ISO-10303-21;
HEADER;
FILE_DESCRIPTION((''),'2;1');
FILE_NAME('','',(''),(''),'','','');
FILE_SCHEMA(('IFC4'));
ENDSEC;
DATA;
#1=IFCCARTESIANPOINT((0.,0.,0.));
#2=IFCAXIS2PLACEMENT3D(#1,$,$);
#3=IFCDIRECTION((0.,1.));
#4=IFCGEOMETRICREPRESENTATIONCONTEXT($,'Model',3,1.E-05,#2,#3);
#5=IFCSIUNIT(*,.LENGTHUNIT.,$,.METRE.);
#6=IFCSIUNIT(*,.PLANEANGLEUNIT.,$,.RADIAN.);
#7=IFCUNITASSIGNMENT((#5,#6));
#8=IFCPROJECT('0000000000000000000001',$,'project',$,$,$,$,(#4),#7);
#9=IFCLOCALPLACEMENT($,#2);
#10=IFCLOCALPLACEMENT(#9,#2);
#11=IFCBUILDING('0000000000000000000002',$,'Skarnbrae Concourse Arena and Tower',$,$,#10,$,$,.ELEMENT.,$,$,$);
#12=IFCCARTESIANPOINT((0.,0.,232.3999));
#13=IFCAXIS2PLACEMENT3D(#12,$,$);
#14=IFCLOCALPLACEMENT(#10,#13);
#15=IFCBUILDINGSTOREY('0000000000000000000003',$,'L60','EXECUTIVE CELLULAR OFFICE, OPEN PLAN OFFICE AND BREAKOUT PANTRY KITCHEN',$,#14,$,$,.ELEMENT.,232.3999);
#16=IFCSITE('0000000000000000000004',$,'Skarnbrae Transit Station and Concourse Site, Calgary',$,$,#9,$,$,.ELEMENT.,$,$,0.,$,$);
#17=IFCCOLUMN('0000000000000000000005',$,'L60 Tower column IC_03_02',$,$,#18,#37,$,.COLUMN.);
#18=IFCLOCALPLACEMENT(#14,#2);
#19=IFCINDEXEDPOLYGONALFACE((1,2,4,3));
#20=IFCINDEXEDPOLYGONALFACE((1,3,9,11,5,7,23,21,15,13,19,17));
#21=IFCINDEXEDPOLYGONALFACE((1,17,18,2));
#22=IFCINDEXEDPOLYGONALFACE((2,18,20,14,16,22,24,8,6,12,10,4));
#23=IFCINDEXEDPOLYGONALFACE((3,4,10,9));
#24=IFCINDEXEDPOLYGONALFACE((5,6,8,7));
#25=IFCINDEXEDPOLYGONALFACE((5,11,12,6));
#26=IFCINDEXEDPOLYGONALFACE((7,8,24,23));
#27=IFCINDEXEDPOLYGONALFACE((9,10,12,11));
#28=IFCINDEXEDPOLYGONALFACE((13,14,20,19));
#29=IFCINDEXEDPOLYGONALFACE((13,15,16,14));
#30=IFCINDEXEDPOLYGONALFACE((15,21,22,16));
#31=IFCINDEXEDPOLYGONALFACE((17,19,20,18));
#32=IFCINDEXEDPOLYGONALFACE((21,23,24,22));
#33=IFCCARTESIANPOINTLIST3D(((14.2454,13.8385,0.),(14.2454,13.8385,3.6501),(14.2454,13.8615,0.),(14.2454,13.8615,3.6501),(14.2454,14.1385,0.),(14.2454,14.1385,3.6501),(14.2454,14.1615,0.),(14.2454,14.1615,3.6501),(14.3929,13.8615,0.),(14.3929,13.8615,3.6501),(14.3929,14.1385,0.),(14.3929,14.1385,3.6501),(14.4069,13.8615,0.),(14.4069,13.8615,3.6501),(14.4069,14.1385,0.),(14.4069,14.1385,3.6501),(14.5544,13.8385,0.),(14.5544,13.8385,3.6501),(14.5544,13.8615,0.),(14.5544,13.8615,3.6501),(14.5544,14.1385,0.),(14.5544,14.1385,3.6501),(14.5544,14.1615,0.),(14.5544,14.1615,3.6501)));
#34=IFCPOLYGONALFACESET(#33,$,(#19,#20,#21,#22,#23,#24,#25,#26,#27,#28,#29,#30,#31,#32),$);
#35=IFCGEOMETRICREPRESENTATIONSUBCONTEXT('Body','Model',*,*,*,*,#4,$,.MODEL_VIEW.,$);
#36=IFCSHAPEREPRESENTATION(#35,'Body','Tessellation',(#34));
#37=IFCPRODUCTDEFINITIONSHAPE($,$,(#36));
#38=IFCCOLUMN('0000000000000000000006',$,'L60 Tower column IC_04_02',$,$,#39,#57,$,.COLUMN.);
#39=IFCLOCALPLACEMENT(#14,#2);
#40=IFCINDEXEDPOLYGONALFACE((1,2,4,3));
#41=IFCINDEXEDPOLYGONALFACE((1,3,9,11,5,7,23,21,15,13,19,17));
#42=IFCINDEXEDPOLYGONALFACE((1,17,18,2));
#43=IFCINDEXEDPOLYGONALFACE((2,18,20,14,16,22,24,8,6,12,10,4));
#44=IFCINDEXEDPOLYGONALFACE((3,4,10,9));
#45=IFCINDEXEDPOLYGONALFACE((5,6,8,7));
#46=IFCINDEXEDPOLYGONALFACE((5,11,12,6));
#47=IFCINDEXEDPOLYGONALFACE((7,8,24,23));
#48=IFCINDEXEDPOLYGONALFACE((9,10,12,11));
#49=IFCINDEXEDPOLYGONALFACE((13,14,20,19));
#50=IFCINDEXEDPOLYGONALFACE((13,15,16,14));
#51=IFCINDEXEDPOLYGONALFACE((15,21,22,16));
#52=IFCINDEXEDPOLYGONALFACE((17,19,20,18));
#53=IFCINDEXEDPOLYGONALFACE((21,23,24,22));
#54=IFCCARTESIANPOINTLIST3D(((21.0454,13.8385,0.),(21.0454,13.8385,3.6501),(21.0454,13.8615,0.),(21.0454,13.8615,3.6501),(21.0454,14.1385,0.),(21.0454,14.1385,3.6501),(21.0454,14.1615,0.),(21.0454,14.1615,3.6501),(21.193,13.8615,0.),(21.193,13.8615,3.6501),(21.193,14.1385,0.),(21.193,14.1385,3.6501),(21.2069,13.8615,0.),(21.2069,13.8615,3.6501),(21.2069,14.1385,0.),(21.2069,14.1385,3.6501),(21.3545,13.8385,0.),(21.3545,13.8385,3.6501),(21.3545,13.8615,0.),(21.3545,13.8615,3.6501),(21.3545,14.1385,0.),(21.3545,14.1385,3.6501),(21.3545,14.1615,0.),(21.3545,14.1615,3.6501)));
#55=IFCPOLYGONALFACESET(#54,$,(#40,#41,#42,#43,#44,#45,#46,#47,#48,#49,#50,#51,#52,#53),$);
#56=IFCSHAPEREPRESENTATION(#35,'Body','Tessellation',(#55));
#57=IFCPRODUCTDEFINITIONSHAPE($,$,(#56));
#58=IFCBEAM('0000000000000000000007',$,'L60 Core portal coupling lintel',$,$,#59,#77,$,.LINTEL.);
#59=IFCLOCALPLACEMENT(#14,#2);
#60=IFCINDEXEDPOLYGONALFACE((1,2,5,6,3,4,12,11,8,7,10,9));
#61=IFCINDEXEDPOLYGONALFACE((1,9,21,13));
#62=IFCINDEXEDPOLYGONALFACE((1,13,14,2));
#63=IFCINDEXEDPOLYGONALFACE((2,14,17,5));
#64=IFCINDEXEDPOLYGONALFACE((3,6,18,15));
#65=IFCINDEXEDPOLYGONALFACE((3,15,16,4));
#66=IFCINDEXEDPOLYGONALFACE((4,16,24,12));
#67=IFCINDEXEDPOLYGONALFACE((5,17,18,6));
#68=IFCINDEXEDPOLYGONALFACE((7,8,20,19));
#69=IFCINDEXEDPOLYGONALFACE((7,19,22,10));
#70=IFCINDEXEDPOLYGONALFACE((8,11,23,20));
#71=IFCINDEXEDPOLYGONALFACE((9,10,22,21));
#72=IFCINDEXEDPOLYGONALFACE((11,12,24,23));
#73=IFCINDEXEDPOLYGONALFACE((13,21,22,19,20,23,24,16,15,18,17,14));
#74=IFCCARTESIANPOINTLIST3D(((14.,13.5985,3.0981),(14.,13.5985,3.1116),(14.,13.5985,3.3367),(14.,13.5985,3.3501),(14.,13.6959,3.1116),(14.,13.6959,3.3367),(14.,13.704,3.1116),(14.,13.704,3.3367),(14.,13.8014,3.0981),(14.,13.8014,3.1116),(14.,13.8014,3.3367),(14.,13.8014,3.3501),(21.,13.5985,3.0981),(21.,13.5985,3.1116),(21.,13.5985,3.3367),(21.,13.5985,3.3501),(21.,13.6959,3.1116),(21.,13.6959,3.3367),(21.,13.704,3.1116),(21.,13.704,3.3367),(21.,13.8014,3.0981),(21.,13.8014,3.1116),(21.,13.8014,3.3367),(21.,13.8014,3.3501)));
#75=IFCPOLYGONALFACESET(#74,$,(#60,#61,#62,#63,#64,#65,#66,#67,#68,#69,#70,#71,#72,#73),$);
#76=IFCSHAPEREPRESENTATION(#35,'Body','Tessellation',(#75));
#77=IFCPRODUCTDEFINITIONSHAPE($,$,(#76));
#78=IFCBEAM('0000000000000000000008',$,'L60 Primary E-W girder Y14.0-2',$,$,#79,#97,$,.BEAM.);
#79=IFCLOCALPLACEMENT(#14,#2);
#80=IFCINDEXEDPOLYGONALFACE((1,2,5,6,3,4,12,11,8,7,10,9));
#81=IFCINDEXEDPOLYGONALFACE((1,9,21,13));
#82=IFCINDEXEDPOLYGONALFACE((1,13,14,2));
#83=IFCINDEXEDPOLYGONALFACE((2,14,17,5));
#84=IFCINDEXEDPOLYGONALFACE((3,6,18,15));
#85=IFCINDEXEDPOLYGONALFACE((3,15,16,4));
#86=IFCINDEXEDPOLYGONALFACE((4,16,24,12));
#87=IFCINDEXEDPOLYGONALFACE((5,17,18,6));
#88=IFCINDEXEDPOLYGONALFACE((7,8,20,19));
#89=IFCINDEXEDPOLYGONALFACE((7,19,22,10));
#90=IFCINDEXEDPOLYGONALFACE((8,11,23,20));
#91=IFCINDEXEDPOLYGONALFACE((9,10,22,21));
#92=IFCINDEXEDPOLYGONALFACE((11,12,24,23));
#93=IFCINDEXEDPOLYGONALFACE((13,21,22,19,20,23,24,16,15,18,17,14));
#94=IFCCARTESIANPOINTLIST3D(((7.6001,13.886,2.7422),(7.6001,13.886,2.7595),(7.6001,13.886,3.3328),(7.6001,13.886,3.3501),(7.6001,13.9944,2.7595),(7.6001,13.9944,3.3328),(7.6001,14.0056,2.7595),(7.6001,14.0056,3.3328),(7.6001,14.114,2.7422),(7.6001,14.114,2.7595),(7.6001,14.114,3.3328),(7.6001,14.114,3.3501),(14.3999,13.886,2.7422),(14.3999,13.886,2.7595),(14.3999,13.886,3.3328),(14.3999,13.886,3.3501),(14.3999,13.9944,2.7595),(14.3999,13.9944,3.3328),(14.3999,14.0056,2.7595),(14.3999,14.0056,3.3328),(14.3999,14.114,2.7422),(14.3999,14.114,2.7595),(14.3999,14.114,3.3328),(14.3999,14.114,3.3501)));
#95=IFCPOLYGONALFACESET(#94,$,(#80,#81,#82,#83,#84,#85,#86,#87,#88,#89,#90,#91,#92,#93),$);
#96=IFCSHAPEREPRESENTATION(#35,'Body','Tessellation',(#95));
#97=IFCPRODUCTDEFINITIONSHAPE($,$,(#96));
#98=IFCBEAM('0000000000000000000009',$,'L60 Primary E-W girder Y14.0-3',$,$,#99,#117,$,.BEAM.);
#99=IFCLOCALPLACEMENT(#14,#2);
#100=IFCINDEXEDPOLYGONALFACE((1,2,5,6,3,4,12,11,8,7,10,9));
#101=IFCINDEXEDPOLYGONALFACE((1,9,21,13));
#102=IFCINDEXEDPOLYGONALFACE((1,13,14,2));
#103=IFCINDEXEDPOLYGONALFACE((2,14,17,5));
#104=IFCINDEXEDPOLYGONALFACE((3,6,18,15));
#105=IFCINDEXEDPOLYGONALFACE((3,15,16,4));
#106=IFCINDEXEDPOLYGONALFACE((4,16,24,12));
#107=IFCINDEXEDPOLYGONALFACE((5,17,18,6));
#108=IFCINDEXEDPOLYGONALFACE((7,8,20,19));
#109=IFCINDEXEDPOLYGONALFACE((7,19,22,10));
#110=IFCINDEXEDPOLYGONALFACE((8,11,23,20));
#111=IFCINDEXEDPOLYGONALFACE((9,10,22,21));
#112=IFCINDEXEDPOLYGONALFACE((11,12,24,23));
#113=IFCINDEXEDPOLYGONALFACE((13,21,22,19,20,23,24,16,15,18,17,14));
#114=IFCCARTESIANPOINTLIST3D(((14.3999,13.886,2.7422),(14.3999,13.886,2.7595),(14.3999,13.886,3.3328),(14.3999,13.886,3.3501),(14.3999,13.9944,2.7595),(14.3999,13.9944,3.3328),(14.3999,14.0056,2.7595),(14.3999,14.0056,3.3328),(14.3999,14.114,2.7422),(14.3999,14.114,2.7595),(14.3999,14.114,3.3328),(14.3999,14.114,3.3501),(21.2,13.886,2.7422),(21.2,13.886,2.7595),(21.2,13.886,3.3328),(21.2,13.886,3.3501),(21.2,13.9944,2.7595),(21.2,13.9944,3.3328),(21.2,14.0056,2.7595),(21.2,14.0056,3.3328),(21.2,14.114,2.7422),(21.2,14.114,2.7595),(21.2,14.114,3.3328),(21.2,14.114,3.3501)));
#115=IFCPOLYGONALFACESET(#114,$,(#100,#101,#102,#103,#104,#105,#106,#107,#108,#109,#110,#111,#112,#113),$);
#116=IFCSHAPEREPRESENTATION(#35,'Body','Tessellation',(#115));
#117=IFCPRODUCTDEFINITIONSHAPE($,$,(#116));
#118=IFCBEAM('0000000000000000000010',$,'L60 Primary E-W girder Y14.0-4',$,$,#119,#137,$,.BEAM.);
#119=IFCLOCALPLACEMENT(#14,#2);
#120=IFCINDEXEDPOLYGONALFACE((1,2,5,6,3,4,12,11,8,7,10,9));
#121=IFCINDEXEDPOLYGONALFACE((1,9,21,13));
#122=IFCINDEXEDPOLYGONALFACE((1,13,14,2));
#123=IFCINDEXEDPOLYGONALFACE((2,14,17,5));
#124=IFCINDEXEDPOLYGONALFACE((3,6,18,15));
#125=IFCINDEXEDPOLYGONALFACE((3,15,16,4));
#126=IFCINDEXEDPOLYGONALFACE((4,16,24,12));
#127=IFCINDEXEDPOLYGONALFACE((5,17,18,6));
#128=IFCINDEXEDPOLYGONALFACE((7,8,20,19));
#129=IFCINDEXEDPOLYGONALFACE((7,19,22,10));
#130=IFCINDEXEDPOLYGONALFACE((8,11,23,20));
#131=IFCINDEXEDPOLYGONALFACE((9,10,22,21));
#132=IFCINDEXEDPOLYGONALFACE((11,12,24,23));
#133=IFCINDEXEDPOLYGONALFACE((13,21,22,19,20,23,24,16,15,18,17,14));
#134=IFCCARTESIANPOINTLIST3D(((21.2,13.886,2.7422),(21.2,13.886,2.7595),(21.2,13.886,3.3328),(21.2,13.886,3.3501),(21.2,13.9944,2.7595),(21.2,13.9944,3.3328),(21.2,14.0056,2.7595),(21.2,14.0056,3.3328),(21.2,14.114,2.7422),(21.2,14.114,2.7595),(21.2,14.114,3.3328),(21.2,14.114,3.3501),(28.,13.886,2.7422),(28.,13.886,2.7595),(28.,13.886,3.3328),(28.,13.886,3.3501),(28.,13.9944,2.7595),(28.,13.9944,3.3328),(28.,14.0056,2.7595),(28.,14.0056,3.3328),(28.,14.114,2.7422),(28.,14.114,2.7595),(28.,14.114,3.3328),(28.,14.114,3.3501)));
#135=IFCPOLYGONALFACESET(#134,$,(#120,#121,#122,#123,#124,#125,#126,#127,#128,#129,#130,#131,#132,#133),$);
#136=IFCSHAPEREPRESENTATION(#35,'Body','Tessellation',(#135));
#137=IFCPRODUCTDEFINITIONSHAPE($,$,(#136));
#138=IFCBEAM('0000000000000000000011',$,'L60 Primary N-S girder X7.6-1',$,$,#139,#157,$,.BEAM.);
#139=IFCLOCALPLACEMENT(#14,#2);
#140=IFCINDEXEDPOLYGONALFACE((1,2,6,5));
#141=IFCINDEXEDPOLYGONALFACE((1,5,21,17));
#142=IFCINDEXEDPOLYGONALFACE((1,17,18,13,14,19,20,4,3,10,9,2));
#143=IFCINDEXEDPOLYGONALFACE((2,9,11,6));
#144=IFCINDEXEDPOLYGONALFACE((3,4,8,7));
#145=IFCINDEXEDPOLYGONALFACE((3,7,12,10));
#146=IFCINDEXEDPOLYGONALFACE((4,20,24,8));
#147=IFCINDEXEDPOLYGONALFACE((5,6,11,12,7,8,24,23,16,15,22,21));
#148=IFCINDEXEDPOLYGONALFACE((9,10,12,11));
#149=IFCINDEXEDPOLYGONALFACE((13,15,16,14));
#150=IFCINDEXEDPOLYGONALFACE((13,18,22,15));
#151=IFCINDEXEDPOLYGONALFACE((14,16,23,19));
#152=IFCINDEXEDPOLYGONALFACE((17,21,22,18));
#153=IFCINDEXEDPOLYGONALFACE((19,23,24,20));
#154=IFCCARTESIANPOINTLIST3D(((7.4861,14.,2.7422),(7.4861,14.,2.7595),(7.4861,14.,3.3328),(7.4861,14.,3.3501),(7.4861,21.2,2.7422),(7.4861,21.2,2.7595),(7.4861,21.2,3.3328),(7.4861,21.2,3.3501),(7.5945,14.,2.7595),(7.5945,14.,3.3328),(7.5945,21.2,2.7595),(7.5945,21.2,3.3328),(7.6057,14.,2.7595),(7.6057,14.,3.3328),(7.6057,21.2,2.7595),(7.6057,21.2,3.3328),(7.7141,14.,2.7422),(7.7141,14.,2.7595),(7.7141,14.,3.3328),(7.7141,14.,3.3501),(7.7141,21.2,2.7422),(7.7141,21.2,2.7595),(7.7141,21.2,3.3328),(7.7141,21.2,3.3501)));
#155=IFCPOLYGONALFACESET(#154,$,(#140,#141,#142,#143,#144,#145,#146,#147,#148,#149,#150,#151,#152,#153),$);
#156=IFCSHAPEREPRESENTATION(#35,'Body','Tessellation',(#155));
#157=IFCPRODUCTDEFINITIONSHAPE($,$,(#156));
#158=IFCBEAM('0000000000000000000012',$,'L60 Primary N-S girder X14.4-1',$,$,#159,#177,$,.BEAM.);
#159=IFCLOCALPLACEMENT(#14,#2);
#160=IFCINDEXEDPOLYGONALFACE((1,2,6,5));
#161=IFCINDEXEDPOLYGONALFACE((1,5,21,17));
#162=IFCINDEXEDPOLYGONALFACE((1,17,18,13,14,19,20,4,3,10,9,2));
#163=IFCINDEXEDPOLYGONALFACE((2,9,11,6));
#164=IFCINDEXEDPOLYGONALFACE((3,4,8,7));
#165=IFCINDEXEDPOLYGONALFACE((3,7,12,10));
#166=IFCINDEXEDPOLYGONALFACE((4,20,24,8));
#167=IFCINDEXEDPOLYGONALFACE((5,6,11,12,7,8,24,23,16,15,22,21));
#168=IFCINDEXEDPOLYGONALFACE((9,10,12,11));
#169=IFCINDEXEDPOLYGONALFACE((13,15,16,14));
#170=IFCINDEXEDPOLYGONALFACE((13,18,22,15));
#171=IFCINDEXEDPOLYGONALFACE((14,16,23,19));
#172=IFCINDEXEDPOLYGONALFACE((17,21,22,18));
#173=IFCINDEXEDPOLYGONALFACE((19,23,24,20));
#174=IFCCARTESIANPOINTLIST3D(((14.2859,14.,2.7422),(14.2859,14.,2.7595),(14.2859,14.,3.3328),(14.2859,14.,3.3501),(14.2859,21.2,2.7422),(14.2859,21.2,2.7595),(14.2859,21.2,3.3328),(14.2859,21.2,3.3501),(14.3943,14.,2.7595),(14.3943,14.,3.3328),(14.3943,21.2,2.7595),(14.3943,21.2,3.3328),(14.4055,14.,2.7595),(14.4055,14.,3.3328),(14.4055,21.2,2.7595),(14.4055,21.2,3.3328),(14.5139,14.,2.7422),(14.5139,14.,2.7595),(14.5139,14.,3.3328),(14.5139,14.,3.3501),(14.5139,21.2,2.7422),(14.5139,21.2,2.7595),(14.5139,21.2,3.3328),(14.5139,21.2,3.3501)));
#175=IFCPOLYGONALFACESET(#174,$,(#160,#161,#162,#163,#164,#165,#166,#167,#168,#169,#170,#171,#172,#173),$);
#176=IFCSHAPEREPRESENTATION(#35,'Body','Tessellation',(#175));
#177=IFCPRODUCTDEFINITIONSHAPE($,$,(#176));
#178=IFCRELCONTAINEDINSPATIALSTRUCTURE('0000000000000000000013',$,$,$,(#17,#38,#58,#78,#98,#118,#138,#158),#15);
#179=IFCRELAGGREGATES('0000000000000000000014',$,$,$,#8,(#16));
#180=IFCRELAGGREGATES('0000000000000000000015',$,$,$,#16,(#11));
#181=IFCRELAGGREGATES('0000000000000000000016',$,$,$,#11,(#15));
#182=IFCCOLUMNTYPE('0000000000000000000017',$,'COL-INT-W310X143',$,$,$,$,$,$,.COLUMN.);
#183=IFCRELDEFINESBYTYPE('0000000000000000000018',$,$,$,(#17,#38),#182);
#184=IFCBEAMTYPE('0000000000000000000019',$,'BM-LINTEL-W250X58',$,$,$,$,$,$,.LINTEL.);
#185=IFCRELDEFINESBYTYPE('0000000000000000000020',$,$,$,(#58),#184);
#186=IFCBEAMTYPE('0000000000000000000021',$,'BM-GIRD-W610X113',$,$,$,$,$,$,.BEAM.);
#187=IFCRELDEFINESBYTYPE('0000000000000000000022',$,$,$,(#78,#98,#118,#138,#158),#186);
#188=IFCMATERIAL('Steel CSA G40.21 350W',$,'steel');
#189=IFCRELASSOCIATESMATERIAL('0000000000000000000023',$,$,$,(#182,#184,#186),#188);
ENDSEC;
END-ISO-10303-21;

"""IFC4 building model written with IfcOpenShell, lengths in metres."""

from ifc_helpers import new_model, si_unit, direction, frame, origin, origin_2d, place, context, subcontext, project, spatial, i_section, extrude, source, transform, mapped, material, material_profile, profile_set, type_object, element, save


model = new_model("IFC4")

# Units and contexts
model_context = context("Model", 3, precision=1e-05, world=origin(), true_north=direction((0.0, 1.0)))
body_context = subcontext(model_context, "Body", "Model", "MODEL_VIEW")
ifc_project = project(units=[si_unit("LENGTHUNIT", "METRE"), si_unit("PLANEANGLEUNIT", "RADIAN")], contexts=[model_context])

# Site, building, storey
site_placement = place(None, origin())
site = spatial("IfcSite", under=ifc_project, at=site_placement, Name="Skarnbrae Transit Station and Concourse Site, Calgary", CompositionType="ELEMENT", RefElevation=0.0)
building_placement = place(site_placement, origin())
building = spatial("IfcBuilding", under=site, at=building_placement, Name="Skarnbrae Concourse Arena and Tower", CompositionType="ELEMENT")
storey_placement = place(building_placement, frame((0.0, 0.0, 232.3999)))
storey = spatial("IfcBuildingStorey", under=building, at=storey_placement, Name="L60", Description="EXECUTIVE CELLULAR OFFICE, OPEN PLAN OFFICE AND BREAKOUT PANTRY KITCHEN", CompositionType="ELEMENT", Elevation=232.3999)

# Columns
ifc_material_1 = material(Name="Steel CSA G40.21 350W", Category="steel")
ifc_material_profile_1 = material_profile(ifc_material_1, i_section(OverallWidth=0.3091, OverallDepth=0.323, WebThickness=0.0139, FlangeThickness=0.0229, at=origin_2d()), Name="W310X143")
ifc_profile_set_1 = profile_set([ifc_material_profile_1], Name="Steel CSA G40.21 350W")
column_type = type_object("IfcColumnType", Name="COL-INT-W310X143", PredefinedType="COLUMN", material=ifc_profile_set_1)
shared_shape_1 = source(origin(), body_context, "Body", "SweptSolid", [
    extrude(i_section(OverallWidth=0.3091, OverallDepth=0.323, WebThickness=0.0139, FlangeThickness=0.0229, at=origin_2d()), origin(), (0.0, 0.0, 1.0), 3.6501),
])
for number, where, z_axis, x_axis, name in (
    (1, (14.3999, 14.0, 0.0), (0.0, 0.0, 1.0), (1.0, 0.0, 0.0), "L60 Tower column IC_03_02"),
    (2, (21.2, 14.0, 0.0), (0.0, 0.0, 1.0), (1.0, 0.0, 0.0), "L60 Tower column IC_04_02"),
):
    element("IfcColumn", number, at=place(storey_placement, frame(where, z_axis=z_axis, x_axis=x_axis)), inside=storey, type_object=column_type, Name=name, PredefinedType="COLUMN", context=body_context, shape_type="MappedRepresentation", body=[
        mapped(shared_shape_1, transform((0.0, 0.0, 0.0))),
    ])

# Beams
ifc_material_profile_2 = material_profile(ifc_material_1, i_section(OverallWidth=0.2029, OverallDepth=0.252, WebThickness=0.0081, FlangeThickness=0.0134, at=origin_2d()), Name="W250X58")
ifc_profile_set_2 = profile_set([ifc_material_profile_2], Name="Steel CSA G40.21 350W")
beam_type_1 = type_object("IfcBeamType", Name="BM-LINTEL-W250X58", PredefinedType="LINTEL", material=ifc_profile_set_2)
shared_shape_2 = source(origin(), body_context, "Body", "SweptSolid", [
    extrude(i_section(OverallWidth=0.2029, OverallDepth=0.252, WebThickness=0.0081, FlangeThickness=0.0134, at=origin_2d()), origin(), (0.0, 0.0, 1.0), 7.0),
])
beam_1_placement = place(storey_placement, frame((14.0, 13.7, 3.2241), z_axis=(1.0, 0.0, 0.0), x_axis=(0.0, 1.0, 0.0)))
element("IfcBeam", 3, at=beam_1_placement, inside=storey, type_object=beam_type_1, Name="L60 Core portal coupling lintel", PredefinedType="LINTEL", context=body_context, shape_type="MappedRepresentation", body=[
    mapped(shared_shape_2, transform((0.0, 0.0, 0.0))),
])
ifc_material_profile_3 = material_profile(ifc_material_1, i_section(OverallWidth=0.228, OverallDepth=0.6079, WebThickness=0.0112, FlangeThickness=0.0173, at=origin_2d()), Name="W610X113")
ifc_profile_set_3 = profile_set([ifc_material_profile_3], Name="Steel CSA G40.21 350W")
beam_type_2 = type_object("IfcBeamType", Name="BM-GIRD-W610X113", PredefinedType="BEAM", material=ifc_profile_set_3)
shared_shape_3 = source(origin(), body_context, "Body", "SweptSolid", [
    extrude(i_section(OverallWidth=0.228, OverallDepth=0.6079, WebThickness=0.0112, FlangeThickness=0.0173, at=origin_2d()), origin(), (0.0, 0.0, 1.0), 6.7998),
])
beam_2_placement = place(storey_placement, frame((7.6001, 14.0, 3.0461), z_axis=(1.0, 0.0, 0.0), x_axis=(0.0, 1.0, 0.0)))
element("IfcBeam", 4, at=beam_2_placement, inside=storey, type_object=beam_type_2, Name="L60 Primary E-W girder Y14.0-2", PredefinedType="BEAM", context=body_context, shape_type="MappedRepresentation", body=[
    mapped(shared_shape_3, transform((0.0, 0.0, 0.0))),
])
shared_shape_4 = source(origin(), body_context, "Body", "SweptSolid", [
    extrude(i_section(OverallWidth=0.228, OverallDepth=0.6079, WebThickness=0.0112, FlangeThickness=0.0173, at=origin_2d()), origin(), (0.0, 0.0, 1.0), 6.8),
])
for number, where, z_axis, x_axis, name in (
    (5, (14.3999, 14.0, 3.0461), (1.0, 0.0, 0.0), (0.0, 1.0, 0.0), "L60 Primary E-W girder Y14.0-3"),
    (6, (21.2, 14.0, 3.0461), (1.0, 0.0, 0.0), (0.0, 1.0, 0.0), "L60 Primary E-W girder Y14.0-4"),
):
    element("IfcBeam", number, at=place(storey_placement, frame(where, z_axis=z_axis, x_axis=x_axis)), inside=storey, type_object=beam_type_2, Name=name, PredefinedType="BEAM", context=body_context, shape_type="MappedRepresentation", body=[
        mapped(shared_shape_4, transform((0.0, 0.0, 0.0))),
    ])
shared_shape_5 = source(origin(), body_context, "Body", "SweptSolid", [
    extrude(i_section(OverallWidth=0.228, OverallDepth=0.6079, WebThickness=0.0112, FlangeThickness=0.0173, at=origin_2d()), origin(), (0.0, 0.0, 1.0), 7.2),
])
for number, where, z_axis, x_axis, name in (
    (7, (7.6001, 14.0, 3.0461), (0.0, 1.0, 0.0), (-1.0, 0.0, 0.0), "L60 Primary N-S girder X7.6-1"),
    (8, (14.3999, 14.0, 3.0461), (0.0, 1.0, 0.0), (-1.0, 0.0, 0.0), "L60 Primary N-S girder X14.4-1"),
):
    element("IfcBeam", number, at=place(storey_placement, frame(where, z_axis=z_axis, x_axis=x_axis)), inside=storey, type_object=beam_type_2, Name=name, PredefinedType="BEAM", context=body_context, shape_type="MappedRepresentation", body=[
        mapped(shared_shape_5, transform((0.0, 0.0, 0.0))),
    ])

save(model, "model.ifc")
